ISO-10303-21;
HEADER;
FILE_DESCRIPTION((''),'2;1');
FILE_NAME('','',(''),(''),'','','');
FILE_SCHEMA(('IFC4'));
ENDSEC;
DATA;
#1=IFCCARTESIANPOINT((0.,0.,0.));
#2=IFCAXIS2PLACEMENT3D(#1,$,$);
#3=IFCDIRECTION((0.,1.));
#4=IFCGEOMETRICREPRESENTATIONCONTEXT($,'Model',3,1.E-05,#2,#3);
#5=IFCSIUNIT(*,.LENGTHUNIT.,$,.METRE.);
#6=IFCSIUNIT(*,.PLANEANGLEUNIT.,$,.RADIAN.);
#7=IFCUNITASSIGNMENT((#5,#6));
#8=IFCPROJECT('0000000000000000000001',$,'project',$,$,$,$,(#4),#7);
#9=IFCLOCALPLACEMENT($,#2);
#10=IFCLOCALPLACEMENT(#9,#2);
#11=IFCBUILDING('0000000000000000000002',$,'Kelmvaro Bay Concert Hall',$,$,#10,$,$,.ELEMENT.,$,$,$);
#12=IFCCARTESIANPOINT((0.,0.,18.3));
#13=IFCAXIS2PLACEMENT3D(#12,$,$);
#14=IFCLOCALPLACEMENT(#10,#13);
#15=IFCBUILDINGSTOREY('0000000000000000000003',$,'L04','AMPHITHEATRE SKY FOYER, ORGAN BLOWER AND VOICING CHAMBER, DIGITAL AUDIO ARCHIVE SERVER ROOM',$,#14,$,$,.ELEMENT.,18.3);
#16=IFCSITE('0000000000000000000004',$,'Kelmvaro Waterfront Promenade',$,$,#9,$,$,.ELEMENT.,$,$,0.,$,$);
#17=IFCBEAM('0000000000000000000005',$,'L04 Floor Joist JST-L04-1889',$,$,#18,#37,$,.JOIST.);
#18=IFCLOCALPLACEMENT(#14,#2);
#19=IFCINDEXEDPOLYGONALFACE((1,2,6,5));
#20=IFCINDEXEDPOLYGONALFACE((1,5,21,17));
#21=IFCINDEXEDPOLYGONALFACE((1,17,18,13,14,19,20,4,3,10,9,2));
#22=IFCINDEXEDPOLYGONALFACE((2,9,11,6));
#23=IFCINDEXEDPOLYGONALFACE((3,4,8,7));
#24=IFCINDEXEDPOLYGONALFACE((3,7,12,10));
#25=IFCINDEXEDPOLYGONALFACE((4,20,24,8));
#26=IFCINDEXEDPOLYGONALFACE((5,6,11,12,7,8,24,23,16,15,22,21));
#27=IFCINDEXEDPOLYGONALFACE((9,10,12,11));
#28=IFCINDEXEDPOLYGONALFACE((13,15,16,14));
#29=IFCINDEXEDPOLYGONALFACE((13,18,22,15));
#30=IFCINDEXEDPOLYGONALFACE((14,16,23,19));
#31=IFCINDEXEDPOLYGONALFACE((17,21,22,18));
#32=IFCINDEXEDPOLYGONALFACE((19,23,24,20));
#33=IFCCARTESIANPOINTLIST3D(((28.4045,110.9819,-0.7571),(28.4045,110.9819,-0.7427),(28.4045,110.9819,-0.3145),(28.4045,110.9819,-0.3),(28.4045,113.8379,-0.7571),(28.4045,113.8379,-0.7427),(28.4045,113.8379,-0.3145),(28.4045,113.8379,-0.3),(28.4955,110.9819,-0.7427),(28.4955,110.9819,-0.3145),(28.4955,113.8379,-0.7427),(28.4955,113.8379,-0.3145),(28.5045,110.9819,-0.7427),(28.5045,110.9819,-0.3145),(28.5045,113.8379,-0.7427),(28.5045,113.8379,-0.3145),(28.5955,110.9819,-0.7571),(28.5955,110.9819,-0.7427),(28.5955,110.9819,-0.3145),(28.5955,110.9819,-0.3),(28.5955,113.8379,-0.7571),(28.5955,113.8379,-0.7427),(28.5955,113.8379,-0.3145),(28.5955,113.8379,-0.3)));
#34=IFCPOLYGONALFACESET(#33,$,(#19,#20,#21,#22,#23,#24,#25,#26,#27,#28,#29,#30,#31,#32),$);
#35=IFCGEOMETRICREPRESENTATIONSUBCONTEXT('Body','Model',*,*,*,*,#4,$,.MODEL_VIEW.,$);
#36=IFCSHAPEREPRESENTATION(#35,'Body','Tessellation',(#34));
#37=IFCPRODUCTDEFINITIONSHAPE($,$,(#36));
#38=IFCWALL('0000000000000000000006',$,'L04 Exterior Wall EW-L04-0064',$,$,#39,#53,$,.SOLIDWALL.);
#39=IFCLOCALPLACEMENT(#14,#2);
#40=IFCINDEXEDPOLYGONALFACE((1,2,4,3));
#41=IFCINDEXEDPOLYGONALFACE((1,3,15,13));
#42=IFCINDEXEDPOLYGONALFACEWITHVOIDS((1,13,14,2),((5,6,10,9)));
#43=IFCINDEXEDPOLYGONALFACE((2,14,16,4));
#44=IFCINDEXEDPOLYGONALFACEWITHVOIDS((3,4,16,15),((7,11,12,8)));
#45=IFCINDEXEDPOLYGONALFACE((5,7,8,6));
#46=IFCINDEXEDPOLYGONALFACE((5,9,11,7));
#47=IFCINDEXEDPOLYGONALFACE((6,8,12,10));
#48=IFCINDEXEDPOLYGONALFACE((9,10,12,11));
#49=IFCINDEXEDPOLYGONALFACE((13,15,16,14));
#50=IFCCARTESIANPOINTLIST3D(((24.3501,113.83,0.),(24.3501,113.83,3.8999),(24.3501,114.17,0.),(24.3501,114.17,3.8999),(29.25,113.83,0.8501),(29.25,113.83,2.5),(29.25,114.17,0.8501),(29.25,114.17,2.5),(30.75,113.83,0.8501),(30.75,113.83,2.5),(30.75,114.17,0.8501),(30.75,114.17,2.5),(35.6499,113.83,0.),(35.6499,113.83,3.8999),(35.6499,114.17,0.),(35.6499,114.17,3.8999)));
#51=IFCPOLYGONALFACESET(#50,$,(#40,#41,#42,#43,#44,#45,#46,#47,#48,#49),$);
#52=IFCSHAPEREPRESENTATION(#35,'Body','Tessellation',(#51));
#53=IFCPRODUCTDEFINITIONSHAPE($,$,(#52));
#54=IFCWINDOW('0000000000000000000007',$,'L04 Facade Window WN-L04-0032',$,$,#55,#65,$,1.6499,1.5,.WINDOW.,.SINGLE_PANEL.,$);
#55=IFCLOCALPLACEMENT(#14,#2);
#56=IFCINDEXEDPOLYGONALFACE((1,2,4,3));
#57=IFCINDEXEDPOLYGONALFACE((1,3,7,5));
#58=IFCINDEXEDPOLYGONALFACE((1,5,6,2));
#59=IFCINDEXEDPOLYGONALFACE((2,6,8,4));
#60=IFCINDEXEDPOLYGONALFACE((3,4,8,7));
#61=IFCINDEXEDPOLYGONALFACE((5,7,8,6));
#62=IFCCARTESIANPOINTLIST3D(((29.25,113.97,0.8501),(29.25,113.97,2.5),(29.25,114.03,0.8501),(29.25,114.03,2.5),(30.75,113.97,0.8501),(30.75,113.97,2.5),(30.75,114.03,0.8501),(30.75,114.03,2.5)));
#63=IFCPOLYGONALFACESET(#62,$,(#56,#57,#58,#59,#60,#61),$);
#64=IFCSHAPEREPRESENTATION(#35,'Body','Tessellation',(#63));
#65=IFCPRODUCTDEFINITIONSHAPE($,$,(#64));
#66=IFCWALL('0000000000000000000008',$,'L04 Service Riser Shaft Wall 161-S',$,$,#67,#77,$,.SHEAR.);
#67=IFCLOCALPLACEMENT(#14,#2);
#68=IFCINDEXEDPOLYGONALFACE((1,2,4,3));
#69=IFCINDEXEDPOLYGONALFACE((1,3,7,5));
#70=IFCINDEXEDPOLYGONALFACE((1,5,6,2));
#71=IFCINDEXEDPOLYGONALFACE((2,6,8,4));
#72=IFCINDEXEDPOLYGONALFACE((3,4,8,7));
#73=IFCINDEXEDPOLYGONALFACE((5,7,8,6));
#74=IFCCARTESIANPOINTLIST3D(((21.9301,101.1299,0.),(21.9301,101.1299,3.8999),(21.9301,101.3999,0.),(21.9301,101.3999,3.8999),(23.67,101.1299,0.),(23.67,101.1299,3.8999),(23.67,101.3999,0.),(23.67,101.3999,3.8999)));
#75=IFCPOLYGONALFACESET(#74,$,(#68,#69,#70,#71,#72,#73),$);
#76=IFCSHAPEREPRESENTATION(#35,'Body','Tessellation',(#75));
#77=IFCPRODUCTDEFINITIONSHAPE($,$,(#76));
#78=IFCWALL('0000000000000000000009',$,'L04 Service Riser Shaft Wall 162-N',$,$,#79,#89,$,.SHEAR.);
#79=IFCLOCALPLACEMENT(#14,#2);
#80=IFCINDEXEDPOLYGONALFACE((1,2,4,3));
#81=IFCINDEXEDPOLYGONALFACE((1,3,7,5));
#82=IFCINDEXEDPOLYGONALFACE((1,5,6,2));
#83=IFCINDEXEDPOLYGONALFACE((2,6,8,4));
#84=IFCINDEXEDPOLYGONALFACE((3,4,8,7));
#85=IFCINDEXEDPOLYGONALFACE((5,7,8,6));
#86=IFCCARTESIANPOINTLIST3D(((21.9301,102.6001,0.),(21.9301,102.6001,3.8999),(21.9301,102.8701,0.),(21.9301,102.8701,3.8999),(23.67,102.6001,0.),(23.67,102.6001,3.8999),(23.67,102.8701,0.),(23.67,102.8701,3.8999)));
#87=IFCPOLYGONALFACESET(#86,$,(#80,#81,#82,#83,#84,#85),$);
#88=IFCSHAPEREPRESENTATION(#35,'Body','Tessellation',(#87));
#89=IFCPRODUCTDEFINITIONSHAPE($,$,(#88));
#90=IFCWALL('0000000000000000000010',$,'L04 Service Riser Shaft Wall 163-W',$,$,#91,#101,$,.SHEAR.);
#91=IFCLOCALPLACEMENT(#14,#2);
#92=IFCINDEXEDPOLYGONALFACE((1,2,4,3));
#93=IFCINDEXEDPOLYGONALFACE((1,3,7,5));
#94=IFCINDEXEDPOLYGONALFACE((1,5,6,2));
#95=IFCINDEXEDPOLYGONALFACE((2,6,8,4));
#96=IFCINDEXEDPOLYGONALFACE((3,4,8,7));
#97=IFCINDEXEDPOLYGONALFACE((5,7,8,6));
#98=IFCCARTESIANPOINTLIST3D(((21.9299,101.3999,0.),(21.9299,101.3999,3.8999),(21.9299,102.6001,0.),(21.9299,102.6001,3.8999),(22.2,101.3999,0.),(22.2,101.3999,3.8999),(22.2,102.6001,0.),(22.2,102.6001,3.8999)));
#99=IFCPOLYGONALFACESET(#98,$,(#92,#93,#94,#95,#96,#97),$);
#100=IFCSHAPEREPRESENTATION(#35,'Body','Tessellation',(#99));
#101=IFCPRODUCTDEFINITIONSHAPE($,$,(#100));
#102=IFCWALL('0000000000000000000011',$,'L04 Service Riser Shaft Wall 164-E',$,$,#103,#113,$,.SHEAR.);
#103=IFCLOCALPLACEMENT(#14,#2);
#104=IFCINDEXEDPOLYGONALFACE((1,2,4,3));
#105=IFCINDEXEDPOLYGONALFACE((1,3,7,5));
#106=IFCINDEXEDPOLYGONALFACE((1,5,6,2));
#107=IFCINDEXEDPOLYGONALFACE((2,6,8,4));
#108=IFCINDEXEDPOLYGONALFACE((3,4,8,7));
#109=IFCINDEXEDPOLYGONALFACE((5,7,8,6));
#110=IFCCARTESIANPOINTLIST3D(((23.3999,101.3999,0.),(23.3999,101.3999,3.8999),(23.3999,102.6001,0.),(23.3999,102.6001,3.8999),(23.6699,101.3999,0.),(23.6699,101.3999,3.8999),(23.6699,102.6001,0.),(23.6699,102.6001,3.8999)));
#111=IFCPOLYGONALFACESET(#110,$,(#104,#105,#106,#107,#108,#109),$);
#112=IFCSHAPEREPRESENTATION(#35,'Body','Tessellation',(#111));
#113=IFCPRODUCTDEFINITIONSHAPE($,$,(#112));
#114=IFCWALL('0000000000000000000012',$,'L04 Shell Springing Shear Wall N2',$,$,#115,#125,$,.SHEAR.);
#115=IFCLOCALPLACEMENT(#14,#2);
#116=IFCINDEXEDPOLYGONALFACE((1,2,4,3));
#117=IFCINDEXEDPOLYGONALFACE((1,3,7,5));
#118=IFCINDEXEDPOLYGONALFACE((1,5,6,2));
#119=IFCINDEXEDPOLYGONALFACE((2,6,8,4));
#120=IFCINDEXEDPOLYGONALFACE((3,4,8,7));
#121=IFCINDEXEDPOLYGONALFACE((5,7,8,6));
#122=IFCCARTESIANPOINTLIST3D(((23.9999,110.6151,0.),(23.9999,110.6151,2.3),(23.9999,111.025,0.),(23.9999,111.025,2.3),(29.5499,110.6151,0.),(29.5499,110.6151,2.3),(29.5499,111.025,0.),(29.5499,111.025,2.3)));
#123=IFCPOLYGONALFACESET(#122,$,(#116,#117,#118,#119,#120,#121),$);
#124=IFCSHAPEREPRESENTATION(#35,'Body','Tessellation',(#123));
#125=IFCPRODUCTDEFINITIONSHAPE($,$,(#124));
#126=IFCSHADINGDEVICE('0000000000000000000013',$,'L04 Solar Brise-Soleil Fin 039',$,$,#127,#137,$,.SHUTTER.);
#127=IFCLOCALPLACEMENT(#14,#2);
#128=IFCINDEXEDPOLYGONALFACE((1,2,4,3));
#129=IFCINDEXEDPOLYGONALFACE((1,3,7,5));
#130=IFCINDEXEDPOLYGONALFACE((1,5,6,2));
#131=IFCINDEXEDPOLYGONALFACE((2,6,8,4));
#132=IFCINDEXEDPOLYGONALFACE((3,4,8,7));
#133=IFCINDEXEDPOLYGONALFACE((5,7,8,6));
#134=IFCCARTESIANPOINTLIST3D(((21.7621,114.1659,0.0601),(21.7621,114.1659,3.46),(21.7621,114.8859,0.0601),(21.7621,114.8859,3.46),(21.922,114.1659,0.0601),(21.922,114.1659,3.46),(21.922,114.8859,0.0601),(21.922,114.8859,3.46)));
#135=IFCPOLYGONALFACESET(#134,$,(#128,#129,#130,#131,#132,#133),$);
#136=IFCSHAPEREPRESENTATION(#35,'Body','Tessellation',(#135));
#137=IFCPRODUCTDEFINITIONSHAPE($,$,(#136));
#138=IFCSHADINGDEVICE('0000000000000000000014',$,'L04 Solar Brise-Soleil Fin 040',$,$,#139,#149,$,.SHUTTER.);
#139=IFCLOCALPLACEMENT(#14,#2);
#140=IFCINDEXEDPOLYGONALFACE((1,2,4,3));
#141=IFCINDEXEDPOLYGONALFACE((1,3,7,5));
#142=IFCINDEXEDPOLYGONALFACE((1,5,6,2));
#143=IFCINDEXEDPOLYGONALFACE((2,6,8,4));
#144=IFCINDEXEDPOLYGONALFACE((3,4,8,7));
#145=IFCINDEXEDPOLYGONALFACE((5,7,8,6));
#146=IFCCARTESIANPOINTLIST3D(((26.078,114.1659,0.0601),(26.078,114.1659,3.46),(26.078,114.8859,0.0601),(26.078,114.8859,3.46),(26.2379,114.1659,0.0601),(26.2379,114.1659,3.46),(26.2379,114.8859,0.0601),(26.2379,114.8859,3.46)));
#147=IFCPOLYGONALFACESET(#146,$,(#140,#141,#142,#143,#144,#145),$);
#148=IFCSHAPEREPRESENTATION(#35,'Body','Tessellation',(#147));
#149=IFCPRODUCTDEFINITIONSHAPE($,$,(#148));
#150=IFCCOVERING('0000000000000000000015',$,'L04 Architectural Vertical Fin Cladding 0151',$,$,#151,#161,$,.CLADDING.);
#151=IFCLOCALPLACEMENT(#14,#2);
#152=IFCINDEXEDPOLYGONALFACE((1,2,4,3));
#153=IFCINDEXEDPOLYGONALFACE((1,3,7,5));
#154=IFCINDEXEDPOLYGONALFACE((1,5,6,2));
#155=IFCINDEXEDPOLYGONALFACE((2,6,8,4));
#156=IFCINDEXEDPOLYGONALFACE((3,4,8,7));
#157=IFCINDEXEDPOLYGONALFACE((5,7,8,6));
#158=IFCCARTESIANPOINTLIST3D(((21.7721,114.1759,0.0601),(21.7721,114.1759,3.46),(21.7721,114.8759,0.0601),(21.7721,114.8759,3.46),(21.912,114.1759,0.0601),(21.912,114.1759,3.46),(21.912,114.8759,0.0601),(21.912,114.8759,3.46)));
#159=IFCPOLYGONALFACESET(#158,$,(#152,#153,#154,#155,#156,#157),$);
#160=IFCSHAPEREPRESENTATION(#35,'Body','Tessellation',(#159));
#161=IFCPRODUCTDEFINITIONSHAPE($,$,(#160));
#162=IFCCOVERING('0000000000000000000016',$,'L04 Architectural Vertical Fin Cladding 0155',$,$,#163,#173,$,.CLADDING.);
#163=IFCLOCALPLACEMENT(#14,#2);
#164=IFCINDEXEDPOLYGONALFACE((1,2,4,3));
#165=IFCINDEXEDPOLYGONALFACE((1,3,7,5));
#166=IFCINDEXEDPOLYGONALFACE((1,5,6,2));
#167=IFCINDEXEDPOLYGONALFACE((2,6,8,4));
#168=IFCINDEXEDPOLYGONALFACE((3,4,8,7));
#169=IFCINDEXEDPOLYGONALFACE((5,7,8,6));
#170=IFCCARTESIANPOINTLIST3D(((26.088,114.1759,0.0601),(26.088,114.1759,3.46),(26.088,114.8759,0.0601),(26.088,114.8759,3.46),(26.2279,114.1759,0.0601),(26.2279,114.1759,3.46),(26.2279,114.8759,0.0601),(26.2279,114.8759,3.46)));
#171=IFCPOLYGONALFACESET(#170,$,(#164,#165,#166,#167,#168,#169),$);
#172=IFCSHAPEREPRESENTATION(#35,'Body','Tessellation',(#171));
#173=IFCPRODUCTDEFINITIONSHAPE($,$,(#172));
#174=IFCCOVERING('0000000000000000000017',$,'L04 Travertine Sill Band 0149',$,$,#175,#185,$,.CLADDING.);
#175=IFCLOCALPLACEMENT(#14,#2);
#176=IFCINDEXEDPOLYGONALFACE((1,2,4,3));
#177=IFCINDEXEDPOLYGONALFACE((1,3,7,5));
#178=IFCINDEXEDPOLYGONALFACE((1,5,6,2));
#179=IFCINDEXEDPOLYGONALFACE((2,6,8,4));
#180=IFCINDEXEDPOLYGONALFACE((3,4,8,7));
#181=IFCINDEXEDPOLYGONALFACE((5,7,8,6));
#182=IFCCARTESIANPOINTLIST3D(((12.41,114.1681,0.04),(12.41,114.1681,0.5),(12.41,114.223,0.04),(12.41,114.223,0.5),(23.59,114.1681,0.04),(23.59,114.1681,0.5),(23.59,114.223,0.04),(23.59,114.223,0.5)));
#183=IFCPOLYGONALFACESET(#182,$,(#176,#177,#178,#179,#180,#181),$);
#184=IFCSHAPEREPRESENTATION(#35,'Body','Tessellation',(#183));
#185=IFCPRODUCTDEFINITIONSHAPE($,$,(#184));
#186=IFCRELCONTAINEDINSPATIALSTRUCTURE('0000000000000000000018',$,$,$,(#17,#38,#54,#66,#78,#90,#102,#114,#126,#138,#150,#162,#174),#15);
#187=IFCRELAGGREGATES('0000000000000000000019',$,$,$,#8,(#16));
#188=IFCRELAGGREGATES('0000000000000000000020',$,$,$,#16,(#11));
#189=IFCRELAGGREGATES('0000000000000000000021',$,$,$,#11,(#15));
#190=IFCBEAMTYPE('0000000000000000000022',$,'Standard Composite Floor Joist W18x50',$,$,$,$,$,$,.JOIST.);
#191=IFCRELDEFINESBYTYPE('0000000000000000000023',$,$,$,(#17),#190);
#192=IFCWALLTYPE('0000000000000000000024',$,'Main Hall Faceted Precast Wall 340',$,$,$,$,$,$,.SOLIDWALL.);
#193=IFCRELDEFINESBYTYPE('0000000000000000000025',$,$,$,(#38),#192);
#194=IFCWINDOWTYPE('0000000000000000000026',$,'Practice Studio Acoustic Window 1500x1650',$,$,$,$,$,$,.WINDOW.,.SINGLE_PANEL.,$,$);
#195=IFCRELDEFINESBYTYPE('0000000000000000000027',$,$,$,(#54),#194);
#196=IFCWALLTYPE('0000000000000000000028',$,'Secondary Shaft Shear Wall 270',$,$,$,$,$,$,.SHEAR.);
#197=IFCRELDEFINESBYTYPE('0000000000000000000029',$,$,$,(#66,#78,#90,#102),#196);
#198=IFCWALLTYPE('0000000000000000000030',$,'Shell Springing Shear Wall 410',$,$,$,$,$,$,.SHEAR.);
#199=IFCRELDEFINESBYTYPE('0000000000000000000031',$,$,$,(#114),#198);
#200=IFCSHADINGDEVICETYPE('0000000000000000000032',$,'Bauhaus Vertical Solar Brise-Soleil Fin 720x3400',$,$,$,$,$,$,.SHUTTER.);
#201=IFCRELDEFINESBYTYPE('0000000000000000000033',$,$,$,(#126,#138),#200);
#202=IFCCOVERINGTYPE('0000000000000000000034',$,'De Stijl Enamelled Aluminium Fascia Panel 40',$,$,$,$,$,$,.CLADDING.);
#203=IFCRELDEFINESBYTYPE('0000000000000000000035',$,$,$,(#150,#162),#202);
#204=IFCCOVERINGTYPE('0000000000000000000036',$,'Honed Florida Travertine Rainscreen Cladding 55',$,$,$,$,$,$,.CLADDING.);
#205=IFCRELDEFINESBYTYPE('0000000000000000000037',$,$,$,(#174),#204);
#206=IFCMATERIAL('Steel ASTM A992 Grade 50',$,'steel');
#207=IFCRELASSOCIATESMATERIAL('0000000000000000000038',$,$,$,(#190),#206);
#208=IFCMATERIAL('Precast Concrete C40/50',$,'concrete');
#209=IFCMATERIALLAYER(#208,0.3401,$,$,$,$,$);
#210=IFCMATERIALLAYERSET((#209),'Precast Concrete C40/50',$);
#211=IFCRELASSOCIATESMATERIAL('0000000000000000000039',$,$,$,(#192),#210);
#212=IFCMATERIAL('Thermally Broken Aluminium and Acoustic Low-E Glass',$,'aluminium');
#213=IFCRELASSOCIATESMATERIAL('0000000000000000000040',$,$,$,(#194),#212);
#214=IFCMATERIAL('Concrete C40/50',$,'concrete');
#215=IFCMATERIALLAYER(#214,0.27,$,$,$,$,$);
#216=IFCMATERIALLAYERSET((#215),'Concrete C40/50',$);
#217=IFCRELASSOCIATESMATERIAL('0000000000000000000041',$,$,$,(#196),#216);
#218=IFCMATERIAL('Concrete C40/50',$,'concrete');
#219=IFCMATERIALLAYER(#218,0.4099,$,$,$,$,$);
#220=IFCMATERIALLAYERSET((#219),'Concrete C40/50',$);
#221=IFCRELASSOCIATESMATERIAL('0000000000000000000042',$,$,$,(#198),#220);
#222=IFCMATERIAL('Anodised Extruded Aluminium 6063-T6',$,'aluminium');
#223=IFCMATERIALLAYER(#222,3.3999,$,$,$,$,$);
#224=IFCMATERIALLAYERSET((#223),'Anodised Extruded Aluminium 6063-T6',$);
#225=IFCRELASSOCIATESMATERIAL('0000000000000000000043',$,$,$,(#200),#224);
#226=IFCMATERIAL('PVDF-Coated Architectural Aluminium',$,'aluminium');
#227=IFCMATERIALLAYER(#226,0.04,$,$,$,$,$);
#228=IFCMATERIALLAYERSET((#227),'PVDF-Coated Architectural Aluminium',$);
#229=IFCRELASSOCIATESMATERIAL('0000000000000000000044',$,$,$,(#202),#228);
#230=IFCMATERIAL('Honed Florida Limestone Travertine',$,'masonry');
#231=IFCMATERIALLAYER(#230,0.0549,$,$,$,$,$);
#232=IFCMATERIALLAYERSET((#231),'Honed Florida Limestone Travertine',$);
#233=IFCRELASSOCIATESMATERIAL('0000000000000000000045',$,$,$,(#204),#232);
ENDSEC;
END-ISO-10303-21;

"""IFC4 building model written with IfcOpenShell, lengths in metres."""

from ifc_helpers import new_model, si_unit, direction, frame, frame_2d, origin, origin_2d, place, context, subcontext, project, spatial, rectangle, i_section, extrude, material, layer, layer_set, material_profile, profile_set, type_object, element, fill, save


model = new_model("IFC4")

# Units and contexts
model_context = context("Model", 3, precision=1e-05, world=origin(), true_north=direction((0.0, 1.0)))
body_context = subcontext(model_context, "Body", "Model", "MODEL_VIEW")
ifc_project = project(units=[si_unit("LENGTHUNIT", "METRE"), si_unit("PLANEANGLEUNIT", "RADIAN")], contexts=[model_context])

# Site, building, storey
site_placement = place(None, origin())
site = spatial("IfcSite", under=ifc_project, at=site_placement, Name="Kelmvaro Waterfront Promenade", CompositionType="ELEMENT", RefElevation=0.0)
building_placement = place(site_placement, origin())
building = spatial("IfcBuilding", under=site, at=building_placement, Name="Kelmvaro Bay Concert Hall", CompositionType="ELEMENT")
storey_placement = place(building_placement, frame((0.0, 0.0, 18.3)))
storey = spatial("IfcBuildingStorey", under=building, at=storey_placement, Name="L04", Description="AMPHITHEATRE SKY FOYER, ORGAN BLOWER AND VOICING CHAMBER, DIGITAL AUDIO ARCHIVE SERVER ROOM", CompositionType="ELEMENT", Elevation=18.3)

# Beam
ifc_material_1 = material(Name="Steel ASTM A992 Grade 50", Category="steel")
ifc_material_profile_1 = material_profile(ifc_material_1, i_section(OverallWidth=0.1909, OverallDepth=0.457, WebThickness=0.009, FlangeThickness=0.0144, at=origin_2d()), Name="W18X50")
ifc_profile_set_1 = profile_set([ifc_material_profile_1], Name="Steel ASTM A992 Grade 50")
beam_type_1 = type_object("IfcBeamType", Name="Standard Composite Floor Joist W18x50", PredefinedType="JOIST", material=ifc_profile_set_1)
for number, where, z_axis, x_axis, name in (
    (1, (28.5, 110.9819, -0.5286), (0.0, 1.0, 0.0), (-1.0, 0.0, 0.0), "L04 Floor Joist JST-L04-1889"),
):
    element("IfcBeam", number, at=place(storey_placement, frame(where, z_axis=z_axis, x_axis=x_axis)), inside=storey, type_object=beam_type_1, Name=name, PredefinedType="JOIST", context=body_context, shape_type="SweptSolid", body=[
        extrude(i_section(OverallWidth=0.1909, OverallDepth=0.457, WebThickness=0.009, FlangeThickness=0.0144, at=origin_2d()), origin(), (0.0, 0.0, 1.0), 2.856),
    ])

# Wall, opening, window
ifc_material_2 = material(Name="Precast Concrete C40/50", Category="concrete")
ifc_layer_1 = layer(ifc_material_2, 0.3401)
ifc_layer_set_1 = layer_set([ifc_layer_1], Name="Precast Concrete C40/50")
wall_type_1 = type_object("IfcWallType", Name="Main Hall Faceted Precast Wall 340", PredefinedType="SOLIDWALL", material=ifc_layer_set_1)
wall_1_placement = place(storey_placement, frame((24.3501, 114.0, 0.0), z_axis=(0.0, 0.0, 1.0), x_axis=(1.0, 0.0, 0.0)))
wall_1 = element("IfcWall", 2, at=wall_1_placement, inside=storey, type_object=wall_type_1, Name="L04 Exterior Wall EW-L04-0064", PredefinedType="SOLIDWALL", context=body_context, shape_type="SweptSolid", body=[
    extrude(rectangle(XDim=11.2998, YDim=0.3401, at=frame_2d((5.6499, 0.0))), origin(), (0.0, 0.0, 1.0), 3.8999),
])
opening_placement = place(wall_1_placement, frame((4.8999, 0.0, 0.8501)))
opening = element("IfcOpeningElement", 3, at=opening_placement, cuts=wall_1, PredefinedType="OPENING", context=body_context, shape_type="SweptSolid", body=[
    extrude(rectangle(XDim=1.5, YDim=1.6499, at=frame_2d((0.75, 0.825))), frame((0.0, 0.1799, 0.0), z_axis=(0.0, -1.0, 0.0), x_axis=(1.0, 0.0, 0.0)), (0.0, 0.0, 1.0), 0.3601),
])
ifc_material_3 = material(Name="Thermally Broken Aluminium and Acoustic Low-E Glass", Category="aluminium")
window_type = type_object("IfcWindowType", Name="Practice Studio Acoustic Window 1500x1650", PartitioningType="SINGLE_PANEL", PredefinedType="WINDOW", material=ifc_material_3)
window_placement = place(opening_placement, origin())
window = element("IfcWindow", 4, at=window_placement, inside=storey, type_object=window_type, Name="L04 Facade Window WN-L04-0032", OverallHeight=1.6499, OverallWidth=1.5, PartitioningType="SINGLE_PANEL", PredefinedType="WINDOW", context=body_context, shape_type="SweptSolid", body=[
    extrude(rectangle(XDim=1.5, YDim=1.6499, at=frame_2d((0.75, 0.825))), frame((0.0, 0.03, 0.0), z_axis=(0.0, -1.0, 0.0), x_axis=(1.0, 0.0, 0.0)), (0.0, 0.0, 1.0), 0.0601),
])
fill(opening, window)

# Walls
ifc_material_4 = material(Name="Concrete C40/50", Category="concrete")
ifc_layer_2 = layer(ifc_material_4, 0.27)
ifc_layer_set_2 = layer_set([ifc_layer_2], Name="Concrete C40/50")
wall_type_2 = type_object("IfcWallType", Name="Secondary Shaft Shear Wall 270", PredefinedType="SHEAR", material=ifc_layer_set_2)
for number, where, z_axis, x_axis, name in (
    (5, (21.9299, 101.2649, 0.0), (0.0, 0.0, 1.0), (1.0, 0.0, 0.0), "L04 Service Riser Shaft Wall 161-S"),
    (6, (21.9299, 102.7351, 0.0), (0.0, 0.0, 1.0), (1.0, 0.0, 0.0), "L04 Service Riser Shaft Wall 162-N"),
):
    element("IfcWall", number, at=place(storey_placement, frame(where, z_axis=z_axis, x_axis=x_axis)), inside=storey, type_object=wall_type_2, Name=name, PredefinedType="SHEAR", context=body_context, shape_type="SweptSolid", body=[
        extrude(rectangle(XDim=1.74, YDim=0.27, at=frame_2d((0.8701, 0.0))), origin(), (0.0, 0.0, 1.0), 3.8999),
    ])
for number, where, z_axis, x_axis, name in (
    (7, (22.0649, 101.3999, 0.0), (0.0, 0.0, 1.0), (0.0, 1.0, 0.0), "L04 Service Riser Shaft Wall 163-W"),
    (8, (23.5349, 101.3999, 0.0), (0.0, 0.0, 1.0), (0.0, 1.0, 0.0), "L04 Service Riser Shaft Wall 164-E"),
):
    element("IfcWall", number, at=place(storey_placement, frame(where, z_axis=z_axis, x_axis=x_axis)), inside=storey, type_object=wall_type_2, Name=name, PredefinedType="SHEAR", context=body_context, shape_type="SweptSolid", body=[
        extrude(rectangle(XDim=1.2002, YDim=0.27, at=frame_2d((0.6001, 0.0))), origin(), (0.0, 0.0, 1.0), 3.8999),
    ])
ifc_material_5 = material(Name="Concrete C40/50", Category="concrete")
ifc_layer_3 = layer(ifc_material_5, 0.4099)
ifc_layer_set_3 = layer_set([ifc_layer_3], Name="Concrete C40/50")
wall_type_3 = type_object("IfcWallType", Name="Shell Springing Shear Wall 410", PredefinedType="SHEAR", material=ifc_layer_set_3)
wall_2_placement = place(storey_placement, frame((24.0, 110.8201, 0.0), z_axis=(0.0, 0.0, 1.0), x_axis=(1.0, 0.0, 0.0)))
element("IfcWall", 9, at=wall_2_placement, inside=storey, type_object=wall_type_3, Name="L04 Shell Springing Shear Wall N2", PredefinedType="SHEAR", context=body_context, shape_type="SweptSolid", body=[
    extrude(rectangle(XDim=5.55, YDim=0.4099, at=frame_2d((2.7749, 0.0))), origin(), (0.0, 0.0, 1.0), 2.3),
])

# Shading devices
ifc_material_6 = material(Name="Anodised Extruded Aluminium 6063-T6", Category="aluminium")
ifc_layer_4 = layer(ifc_material_6, 3.3999)
ifc_layer_set_4 = layer_set([ifc_layer_4], Name="Anodised Extruded Aluminium 6063-T6")
shading_device_type = type_object("IfcShadingDeviceType", Name="Bauhaus Vertical Solar Brise-Soleil Fin 720x3400", PredefinedType="SHUTTER", material=ifc_layer_set_4)
for number, where, z_axis, x_axis, name in (
    (10, (21.842, 114.5259, 0.0601), (0.0, 0.0, 1.0), (1.0, 0.0, 0.0), "L04 Solar Brise-Soleil Fin 039"),
    (11, (26.158, 114.5259, 0.0601), (0.0, 0.0, 1.0), (1.0, 0.0, 0.0), "L04 Solar Brise-Soleil Fin 040"),
):
    element("IfcShadingDevice", number, at=place(storey_placement, frame(where, z_axis=z_axis, x_axis=x_axis)), inside=storey, type_object=shading_device_type, Name=name, PredefinedType="SHUTTER", context=body_context, shape_type="SweptSolid", body=[
        extrude(rectangle(XDim=0.1599, YDim=0.72, at=origin_2d()), origin(), (0.0, 0.0, 1.0), 3.3999),
    ])

# Coverings
ifc_material_7 = material(Name="PVDF-Coated Architectural Aluminium", Category="aluminium")
ifc_layer_5 = layer(ifc_material_7, 0.04)
ifc_layer_set_5 = layer_set([ifc_layer_5], Name="PVDF-Coated Architectural Aluminium")
covering_type_1 = type_object("IfcCoveringType", Name="De Stijl Enamelled Aluminium Fascia Panel 40", PredefinedType="CLADDING", material=ifc_layer_set_5)
for number, where, z_axis, x_axis, name in (
    (12, (21.842, 114.5259, 0.0601), (0.0, 0.0, 1.0), (1.0, 0.0, 0.0), "L04 Architectural Vertical Fin Cladding 0151"),
    (13, (26.158, 114.5259, 0.0601), (0.0, 0.0, 1.0), (1.0, 0.0, 0.0), "L04 Architectural Vertical Fin Cladding 0155"),
):
    element("IfcCovering", number, at=place(storey_placement, frame(where, z_axis=z_axis, x_axis=x_axis)), inside=storey, type_object=covering_type_1, Name=name, PredefinedType="CLADDING", context=body_context, shape_type="SweptSolid", body=[
        extrude(rectangle(XDim=0.1399, YDim=0.7, at=origin_2d()), origin(), (0.0, 0.0, 1.0), 3.3999),
    ])
ifc_material_8 = material(Name="Honed Florida Limestone Travertine", Category="masonry")
ifc_layer_6 = layer(ifc_material_8, 0.0549)
ifc_layer_set_6 = layer_set([ifc_layer_6], Name="Honed Florida Limestone Travertine")
covering_type_2 = type_object("IfcCoveringType", Name="Honed Florida Travertine Rainscreen Cladding 55", PredefinedType="CLADDING", material=ifc_layer_set_6)
covering_1_placement = place(storey_placement, frame((18.0, 114.1956, 0.04), z_axis=(0.0, 0.0, 1.0), x_axis=(1.0, 0.0, 0.0)))
element("IfcCovering", 14, at=covering_1_placement, inside=storey, type_object=covering_type_2, Name="L04 Travertine Sill Band 0149", PredefinedType="CLADDING", context=body_context, shape_type="SweptSolid", body=[
    extrude(rectangle(XDim=11.1799, YDim=0.0549, at=origin_2d()), origin(), (0.0, 0.0, 1.0), 0.46),
])

save(model, "model.ifc")
